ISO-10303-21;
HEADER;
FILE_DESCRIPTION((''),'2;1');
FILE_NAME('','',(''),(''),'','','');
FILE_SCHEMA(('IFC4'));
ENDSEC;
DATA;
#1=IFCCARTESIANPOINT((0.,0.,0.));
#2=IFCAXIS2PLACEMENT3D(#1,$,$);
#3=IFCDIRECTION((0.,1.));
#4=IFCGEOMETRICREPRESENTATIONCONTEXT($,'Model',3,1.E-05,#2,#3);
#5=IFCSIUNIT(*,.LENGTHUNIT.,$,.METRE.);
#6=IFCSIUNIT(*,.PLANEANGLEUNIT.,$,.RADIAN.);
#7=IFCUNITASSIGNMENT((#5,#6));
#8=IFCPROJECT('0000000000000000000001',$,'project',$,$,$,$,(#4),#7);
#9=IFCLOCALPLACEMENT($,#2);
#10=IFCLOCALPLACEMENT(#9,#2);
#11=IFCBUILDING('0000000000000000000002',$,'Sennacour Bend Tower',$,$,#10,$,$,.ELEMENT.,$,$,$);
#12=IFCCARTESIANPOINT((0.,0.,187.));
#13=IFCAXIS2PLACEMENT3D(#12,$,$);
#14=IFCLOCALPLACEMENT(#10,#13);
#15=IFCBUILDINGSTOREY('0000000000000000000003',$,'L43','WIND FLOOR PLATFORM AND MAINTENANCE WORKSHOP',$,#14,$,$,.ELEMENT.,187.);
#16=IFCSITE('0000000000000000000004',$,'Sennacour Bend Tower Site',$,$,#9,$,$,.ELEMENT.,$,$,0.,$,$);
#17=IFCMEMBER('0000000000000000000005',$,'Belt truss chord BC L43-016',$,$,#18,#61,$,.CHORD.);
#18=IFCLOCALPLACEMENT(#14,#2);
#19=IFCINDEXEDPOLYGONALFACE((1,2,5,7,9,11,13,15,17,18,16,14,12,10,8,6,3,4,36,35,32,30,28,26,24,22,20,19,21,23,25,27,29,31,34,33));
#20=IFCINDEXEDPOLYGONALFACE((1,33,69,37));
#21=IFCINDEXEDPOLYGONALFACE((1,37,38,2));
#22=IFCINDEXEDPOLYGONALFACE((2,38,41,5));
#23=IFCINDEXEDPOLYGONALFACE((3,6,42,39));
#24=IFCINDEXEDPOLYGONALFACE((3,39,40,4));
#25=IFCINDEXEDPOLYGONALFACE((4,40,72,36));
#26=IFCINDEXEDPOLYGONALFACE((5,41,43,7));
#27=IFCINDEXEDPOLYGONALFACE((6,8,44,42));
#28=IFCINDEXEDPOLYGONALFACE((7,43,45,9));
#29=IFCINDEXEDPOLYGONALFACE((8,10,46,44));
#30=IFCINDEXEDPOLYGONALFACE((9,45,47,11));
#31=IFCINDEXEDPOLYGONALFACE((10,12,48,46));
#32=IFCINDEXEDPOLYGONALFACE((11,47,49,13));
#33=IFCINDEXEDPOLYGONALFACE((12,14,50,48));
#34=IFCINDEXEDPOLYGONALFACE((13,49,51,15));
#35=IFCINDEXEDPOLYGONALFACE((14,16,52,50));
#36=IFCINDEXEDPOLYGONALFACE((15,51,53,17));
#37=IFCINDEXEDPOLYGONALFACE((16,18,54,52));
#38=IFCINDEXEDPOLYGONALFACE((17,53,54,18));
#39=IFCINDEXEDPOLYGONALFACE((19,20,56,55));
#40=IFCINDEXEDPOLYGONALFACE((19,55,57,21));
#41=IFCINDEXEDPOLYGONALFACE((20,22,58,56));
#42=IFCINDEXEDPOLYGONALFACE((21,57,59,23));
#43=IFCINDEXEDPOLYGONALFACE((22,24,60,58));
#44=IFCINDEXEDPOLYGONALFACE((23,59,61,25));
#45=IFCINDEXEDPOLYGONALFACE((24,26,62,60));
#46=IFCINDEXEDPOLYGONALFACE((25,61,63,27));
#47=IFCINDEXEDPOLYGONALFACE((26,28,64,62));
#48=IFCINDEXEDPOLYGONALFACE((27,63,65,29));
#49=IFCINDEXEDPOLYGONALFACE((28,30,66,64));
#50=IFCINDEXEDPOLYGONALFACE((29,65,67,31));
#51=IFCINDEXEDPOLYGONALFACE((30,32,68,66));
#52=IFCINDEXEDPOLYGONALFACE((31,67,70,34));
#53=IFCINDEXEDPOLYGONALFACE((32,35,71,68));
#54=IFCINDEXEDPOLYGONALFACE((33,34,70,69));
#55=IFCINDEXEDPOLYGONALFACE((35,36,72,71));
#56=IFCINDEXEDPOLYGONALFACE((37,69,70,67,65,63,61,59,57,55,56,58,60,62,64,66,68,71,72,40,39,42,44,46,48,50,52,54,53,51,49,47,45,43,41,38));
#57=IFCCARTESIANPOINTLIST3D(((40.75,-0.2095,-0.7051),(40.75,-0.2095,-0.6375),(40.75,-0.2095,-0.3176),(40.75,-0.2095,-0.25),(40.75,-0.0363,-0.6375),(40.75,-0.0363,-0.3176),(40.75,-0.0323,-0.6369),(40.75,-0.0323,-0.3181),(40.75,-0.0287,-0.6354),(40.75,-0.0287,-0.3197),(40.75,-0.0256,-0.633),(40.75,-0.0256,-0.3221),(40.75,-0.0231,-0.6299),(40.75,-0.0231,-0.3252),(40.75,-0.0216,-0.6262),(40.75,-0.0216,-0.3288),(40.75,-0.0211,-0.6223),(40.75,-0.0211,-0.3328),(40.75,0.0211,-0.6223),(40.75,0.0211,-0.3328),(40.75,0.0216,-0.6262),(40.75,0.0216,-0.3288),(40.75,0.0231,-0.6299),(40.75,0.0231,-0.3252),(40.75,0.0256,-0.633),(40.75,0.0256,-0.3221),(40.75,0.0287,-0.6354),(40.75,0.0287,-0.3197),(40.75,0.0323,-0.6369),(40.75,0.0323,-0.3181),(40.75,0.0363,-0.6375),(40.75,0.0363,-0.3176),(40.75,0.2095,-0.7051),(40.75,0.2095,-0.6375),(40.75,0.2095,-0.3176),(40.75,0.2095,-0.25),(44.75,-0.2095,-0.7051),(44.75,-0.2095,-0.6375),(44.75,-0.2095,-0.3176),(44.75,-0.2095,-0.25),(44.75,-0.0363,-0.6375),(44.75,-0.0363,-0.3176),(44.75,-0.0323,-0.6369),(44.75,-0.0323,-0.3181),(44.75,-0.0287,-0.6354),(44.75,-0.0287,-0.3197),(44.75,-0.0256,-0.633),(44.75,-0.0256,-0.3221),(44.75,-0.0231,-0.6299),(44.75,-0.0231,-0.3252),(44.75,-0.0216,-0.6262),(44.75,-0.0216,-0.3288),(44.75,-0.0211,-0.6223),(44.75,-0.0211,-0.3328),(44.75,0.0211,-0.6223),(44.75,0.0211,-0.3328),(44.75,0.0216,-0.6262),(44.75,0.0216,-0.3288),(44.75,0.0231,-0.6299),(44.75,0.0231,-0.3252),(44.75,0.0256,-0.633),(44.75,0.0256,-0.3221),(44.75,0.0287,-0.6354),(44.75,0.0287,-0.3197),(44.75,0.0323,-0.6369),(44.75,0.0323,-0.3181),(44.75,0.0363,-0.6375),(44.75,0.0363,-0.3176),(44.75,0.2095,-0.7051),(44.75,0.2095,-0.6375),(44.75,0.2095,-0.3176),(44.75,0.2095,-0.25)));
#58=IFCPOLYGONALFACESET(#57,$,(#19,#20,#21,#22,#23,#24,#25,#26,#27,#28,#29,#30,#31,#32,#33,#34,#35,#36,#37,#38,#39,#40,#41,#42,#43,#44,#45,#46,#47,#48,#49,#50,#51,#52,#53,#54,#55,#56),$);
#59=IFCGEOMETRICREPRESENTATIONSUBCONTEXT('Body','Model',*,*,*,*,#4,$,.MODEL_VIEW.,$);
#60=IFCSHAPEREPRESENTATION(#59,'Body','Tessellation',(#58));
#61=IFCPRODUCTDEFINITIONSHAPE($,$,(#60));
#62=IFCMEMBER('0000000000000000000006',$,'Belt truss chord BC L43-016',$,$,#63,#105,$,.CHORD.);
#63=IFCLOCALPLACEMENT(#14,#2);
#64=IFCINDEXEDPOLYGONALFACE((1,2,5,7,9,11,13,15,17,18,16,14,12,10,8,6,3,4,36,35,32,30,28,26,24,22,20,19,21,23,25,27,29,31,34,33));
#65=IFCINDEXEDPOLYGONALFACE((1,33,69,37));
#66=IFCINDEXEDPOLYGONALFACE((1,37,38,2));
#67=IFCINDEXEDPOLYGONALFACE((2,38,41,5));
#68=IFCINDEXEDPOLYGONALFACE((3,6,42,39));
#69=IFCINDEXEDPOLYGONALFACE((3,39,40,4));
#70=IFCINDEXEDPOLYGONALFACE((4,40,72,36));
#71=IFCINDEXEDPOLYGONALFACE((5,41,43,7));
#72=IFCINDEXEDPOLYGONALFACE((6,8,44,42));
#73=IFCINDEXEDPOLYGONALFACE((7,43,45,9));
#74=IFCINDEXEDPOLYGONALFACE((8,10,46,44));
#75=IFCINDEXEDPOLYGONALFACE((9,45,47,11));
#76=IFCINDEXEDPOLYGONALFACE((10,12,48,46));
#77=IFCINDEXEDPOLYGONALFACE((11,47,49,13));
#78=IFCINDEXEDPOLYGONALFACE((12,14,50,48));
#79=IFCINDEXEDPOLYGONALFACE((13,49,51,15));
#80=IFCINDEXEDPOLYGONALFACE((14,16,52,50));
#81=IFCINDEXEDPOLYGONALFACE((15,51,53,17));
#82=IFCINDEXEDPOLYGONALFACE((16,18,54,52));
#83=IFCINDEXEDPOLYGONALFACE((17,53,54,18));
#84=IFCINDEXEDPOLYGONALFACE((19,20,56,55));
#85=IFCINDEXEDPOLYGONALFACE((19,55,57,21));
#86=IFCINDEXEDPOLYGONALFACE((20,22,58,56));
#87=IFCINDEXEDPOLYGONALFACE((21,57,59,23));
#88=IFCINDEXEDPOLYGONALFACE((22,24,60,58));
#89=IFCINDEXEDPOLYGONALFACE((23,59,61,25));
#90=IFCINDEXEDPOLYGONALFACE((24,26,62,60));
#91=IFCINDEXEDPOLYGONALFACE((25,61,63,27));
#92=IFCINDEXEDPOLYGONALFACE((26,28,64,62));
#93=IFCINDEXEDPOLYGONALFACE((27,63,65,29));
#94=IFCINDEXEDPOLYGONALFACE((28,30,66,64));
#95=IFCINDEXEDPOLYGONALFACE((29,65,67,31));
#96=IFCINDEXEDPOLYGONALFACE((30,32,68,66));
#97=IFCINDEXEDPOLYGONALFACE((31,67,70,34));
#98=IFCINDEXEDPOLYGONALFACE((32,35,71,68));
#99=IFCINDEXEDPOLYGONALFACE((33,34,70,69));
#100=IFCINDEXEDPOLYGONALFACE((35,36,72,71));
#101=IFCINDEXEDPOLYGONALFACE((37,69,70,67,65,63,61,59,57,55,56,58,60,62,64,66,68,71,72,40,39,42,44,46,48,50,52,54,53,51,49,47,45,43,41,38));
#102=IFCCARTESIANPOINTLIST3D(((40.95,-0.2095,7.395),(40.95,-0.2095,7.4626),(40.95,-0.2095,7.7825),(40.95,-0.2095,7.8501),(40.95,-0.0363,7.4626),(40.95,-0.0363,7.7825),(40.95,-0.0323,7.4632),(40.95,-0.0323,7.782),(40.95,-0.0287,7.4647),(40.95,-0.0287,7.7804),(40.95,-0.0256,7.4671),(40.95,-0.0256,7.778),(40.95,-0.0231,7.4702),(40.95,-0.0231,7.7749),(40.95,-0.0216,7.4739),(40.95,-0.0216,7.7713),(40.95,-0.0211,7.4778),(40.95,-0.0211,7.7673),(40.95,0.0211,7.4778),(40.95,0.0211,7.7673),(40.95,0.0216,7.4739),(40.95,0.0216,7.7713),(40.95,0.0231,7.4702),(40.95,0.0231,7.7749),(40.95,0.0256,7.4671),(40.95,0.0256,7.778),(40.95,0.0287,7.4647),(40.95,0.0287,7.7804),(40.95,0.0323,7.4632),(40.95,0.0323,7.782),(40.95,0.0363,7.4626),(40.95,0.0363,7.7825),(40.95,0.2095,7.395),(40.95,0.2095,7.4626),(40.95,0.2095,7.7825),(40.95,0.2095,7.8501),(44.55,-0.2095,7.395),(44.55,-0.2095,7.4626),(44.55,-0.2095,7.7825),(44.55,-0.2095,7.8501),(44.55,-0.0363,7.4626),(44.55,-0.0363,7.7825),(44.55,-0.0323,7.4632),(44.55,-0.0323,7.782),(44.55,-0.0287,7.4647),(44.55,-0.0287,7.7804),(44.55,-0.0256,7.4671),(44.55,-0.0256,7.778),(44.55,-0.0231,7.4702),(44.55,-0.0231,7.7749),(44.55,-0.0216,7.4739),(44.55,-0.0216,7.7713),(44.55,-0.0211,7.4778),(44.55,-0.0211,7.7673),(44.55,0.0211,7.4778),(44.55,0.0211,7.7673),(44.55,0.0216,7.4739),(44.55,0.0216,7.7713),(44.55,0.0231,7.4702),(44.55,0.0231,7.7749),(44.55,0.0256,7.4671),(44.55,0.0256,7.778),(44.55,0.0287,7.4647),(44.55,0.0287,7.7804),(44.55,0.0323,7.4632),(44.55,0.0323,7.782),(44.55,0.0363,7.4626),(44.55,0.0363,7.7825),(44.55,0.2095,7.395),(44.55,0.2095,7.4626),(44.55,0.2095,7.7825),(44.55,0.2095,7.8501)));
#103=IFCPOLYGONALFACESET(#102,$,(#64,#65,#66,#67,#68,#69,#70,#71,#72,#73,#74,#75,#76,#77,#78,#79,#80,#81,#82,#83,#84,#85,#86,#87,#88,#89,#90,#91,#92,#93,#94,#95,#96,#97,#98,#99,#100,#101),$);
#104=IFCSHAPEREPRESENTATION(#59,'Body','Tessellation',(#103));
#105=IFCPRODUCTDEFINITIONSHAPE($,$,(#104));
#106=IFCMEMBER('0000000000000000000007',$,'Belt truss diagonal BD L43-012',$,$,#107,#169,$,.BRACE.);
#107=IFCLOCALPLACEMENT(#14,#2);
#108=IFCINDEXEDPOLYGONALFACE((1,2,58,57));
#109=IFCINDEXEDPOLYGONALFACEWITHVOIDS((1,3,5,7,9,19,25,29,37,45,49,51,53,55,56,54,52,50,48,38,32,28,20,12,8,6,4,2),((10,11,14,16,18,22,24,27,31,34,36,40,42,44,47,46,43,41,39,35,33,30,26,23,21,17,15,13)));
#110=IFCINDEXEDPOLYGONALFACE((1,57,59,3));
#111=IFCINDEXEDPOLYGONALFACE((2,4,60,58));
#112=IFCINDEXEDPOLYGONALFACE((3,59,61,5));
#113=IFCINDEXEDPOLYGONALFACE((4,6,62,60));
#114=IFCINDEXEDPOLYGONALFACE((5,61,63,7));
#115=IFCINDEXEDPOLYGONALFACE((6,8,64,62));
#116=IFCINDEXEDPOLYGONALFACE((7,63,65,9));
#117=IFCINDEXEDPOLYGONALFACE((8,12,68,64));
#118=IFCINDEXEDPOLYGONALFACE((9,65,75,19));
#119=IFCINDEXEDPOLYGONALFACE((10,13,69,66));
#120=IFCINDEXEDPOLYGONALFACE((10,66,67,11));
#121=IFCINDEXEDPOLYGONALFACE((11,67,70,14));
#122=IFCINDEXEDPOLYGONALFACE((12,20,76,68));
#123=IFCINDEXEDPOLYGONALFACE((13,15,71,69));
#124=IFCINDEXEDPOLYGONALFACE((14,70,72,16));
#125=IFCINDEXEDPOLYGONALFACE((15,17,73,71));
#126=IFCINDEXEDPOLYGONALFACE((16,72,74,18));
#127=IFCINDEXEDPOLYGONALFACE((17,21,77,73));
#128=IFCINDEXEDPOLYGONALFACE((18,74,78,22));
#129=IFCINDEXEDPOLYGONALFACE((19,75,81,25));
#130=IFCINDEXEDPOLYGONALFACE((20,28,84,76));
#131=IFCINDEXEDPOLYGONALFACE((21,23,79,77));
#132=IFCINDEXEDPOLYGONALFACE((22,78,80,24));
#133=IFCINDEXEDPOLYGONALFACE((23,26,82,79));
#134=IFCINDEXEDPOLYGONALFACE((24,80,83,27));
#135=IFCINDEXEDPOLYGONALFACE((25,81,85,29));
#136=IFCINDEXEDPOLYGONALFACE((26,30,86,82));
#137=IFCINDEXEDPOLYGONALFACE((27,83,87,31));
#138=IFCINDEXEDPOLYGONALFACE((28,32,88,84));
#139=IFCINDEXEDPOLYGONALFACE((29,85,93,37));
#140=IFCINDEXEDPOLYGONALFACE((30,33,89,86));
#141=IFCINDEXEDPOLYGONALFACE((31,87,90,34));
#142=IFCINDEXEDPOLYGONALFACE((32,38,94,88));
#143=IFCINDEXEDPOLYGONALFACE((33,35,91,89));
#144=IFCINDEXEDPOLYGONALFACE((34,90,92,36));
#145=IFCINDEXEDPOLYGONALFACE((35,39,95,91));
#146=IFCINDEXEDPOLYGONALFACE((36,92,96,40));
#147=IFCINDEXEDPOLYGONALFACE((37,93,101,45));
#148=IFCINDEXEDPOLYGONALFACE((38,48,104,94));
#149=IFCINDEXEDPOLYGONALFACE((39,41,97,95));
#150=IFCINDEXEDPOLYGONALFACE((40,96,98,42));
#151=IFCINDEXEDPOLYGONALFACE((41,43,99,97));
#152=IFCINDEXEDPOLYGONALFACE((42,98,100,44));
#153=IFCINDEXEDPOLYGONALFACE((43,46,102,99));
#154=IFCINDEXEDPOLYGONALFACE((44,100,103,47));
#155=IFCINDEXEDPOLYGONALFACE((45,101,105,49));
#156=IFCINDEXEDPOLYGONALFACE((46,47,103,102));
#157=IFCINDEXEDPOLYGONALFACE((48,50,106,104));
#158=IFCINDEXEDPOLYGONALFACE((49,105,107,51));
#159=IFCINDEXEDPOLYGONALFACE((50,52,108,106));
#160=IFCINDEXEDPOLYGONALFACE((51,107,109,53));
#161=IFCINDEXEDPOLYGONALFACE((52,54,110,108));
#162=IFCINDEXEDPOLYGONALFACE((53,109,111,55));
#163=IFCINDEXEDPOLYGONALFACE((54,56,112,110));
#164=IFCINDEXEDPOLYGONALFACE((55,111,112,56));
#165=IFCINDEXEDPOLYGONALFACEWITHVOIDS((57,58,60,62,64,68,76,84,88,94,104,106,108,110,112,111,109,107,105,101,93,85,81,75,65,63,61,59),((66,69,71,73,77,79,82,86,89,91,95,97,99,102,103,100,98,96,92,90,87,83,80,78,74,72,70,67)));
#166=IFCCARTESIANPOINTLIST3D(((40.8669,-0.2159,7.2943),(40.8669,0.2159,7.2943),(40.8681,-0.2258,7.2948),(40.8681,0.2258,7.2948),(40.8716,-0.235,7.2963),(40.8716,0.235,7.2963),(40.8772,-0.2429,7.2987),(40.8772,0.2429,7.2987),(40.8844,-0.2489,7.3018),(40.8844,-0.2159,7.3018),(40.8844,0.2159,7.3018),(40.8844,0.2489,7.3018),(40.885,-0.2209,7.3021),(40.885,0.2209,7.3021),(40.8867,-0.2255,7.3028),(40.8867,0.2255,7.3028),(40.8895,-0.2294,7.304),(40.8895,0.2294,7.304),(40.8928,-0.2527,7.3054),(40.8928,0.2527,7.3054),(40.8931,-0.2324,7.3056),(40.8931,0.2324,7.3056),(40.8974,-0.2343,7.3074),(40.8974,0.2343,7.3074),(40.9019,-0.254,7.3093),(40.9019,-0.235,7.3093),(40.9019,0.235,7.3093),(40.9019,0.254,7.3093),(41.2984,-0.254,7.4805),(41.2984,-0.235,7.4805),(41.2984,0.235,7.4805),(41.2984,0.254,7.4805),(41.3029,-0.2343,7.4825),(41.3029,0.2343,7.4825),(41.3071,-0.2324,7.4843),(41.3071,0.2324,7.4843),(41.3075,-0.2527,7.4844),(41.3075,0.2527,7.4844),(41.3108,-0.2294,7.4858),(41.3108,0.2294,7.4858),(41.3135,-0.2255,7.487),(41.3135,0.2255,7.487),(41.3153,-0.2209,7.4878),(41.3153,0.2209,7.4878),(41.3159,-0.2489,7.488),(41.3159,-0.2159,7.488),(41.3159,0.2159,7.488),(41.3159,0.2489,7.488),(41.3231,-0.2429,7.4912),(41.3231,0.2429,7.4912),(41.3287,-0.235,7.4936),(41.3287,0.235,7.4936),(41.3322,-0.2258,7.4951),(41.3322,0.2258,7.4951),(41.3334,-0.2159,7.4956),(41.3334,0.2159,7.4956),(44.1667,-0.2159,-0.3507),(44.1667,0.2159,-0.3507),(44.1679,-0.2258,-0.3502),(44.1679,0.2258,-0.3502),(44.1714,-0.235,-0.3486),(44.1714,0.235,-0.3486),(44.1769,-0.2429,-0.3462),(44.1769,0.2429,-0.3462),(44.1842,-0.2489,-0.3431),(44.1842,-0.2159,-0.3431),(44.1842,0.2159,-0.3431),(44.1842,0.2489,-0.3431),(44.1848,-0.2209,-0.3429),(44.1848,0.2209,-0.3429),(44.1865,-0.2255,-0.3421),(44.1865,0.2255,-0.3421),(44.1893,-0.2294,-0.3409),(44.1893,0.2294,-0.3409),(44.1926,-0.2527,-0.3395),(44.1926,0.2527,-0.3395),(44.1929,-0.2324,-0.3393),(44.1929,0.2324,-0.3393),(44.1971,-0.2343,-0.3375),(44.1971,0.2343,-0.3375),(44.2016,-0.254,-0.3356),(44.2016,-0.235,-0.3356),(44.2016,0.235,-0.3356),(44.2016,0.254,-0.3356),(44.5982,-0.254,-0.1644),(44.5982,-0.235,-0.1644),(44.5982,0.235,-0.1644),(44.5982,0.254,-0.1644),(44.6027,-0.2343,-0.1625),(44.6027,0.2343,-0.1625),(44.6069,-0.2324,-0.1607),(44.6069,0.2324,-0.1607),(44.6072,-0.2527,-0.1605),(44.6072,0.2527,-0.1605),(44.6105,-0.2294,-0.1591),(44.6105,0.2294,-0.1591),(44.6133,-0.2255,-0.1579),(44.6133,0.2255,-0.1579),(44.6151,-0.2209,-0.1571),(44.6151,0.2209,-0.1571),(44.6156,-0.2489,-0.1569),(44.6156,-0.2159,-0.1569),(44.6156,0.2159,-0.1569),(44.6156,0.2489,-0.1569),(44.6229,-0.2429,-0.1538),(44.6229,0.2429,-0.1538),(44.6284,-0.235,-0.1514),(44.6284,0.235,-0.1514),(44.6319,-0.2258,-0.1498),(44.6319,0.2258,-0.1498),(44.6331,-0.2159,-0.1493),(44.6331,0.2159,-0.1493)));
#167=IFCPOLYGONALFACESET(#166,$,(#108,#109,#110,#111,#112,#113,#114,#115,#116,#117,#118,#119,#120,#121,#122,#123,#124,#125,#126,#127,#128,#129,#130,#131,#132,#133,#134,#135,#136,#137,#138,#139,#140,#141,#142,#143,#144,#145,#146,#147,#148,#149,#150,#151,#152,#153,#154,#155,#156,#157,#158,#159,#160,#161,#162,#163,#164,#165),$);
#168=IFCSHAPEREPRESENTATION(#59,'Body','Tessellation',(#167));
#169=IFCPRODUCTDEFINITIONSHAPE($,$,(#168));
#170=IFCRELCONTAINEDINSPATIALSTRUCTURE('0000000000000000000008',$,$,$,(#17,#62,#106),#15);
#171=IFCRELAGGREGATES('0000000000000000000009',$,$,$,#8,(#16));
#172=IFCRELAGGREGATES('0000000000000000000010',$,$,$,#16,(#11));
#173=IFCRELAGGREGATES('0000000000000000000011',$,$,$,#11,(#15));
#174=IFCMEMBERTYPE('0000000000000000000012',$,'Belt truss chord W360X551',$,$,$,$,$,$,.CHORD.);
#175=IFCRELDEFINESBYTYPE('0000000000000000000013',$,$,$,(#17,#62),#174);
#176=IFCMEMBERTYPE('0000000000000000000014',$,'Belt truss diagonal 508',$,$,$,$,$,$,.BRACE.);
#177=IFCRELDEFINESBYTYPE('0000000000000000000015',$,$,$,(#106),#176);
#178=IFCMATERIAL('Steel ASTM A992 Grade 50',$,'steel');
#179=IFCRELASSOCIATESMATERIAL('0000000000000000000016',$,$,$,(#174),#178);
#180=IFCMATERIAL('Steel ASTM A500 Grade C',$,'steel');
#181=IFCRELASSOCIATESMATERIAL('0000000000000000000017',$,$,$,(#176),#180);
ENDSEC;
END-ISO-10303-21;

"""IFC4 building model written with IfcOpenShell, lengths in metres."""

from ifc_helpers import new_model, si_unit, direction, frame, origin, origin_2d, place, context, subcontext, project, spatial, hollow_rectangle, i_section, extrude, material, material_profile, profile_set, type_object, element, save


model = new_model("IFC4")

# Units and contexts
model_context = context("Model", 3, precision=1e-05, world=origin(), true_north=direction((0.0, 1.0)))
body_context = subcontext(model_context, "Body", "Model", "MODEL_VIEW")
ifc_project = project(units=[si_unit("LENGTHUNIT", "METRE"), si_unit("PLANEANGLEUNIT", "RADIAN")], contexts=[model_context])

# Site, building, storey
site_placement = place(None, origin())
site = spatial("IfcSite", under=ifc_project, at=site_placement, Name="Sennacour Bend Tower Site", CompositionType="ELEMENT", RefElevation=0.0)
building_placement = place(site_placement, origin())
building = spatial("IfcBuilding", under=site, at=building_placement, Name="Sennacour Bend Tower", CompositionType="ELEMENT")
storey_placement = place(building_placement, frame((0.0, 0.0, 187.0)))
storey = spatial("IfcBuildingStorey", under=building, at=storey_placement, Name="L43", Description="WIND FLOOR PLATFORM AND MAINTENANCE WORKSHOP", CompositionType="ELEMENT", Elevation=187.0)

# Members
ifc_material_1 = material(Name="Steel ASTM A992 Grade 50", Category="steel")
ifc_material_profile_1 = material_profile(ifc_material_1, i_section(OverallWidth=0.4189, OverallDepth=0.4551, WebThickness=0.0422, FlangeThickness=0.0676, FilletRadius=0.0151, at=origin_2d()), Name="Steel ASTM A992 Grade 50", Category="steel")
ifc_profile_set_1 = profile_set([ifc_material_profile_1], Name="Steel ASTM A992 Grade 50")
member_type_1 = type_object("IfcMemberType", Name="Belt truss chord W360X551", PredefinedType="CHORD", material=ifc_profile_set_1)
member_1_placement = place(storey_placement, frame((44.75, 0.0, -0.4775), z_axis=(-1.0, 0.0, 0.0), x_axis=(0.0, -1.0, 0.0)))
element("IfcMember", 1, at=member_1_placement, inside=storey, type_object=member_type_1, Name="Belt truss chord BC L43-016", PredefinedType="CHORD", context=body_context, shape_type="SweptSolid", body=[
    extrude(i_section(OverallWidth=0.4189, OverallDepth=0.4551, WebThickness=0.0422, FlangeThickness=0.0676, FilletRadius=0.0151, at=origin_2d()), origin(), (0.0, 0.0, 1.0), 4.0),
])
member_2_placement = place(storey_placement, frame((44.55, 0.0, 7.6226), z_axis=(-1.0, 0.0, 0.0), x_axis=(0.0, -1.0, 0.0)))
element("IfcMember", 2, at=member_2_placement, inside=storey, type_object=member_type_1, Name="Belt truss chord BC L43-016", PredefinedType="CHORD", context=body_context, shape_type="SweptSolid", body=[
    extrude(i_section(OverallWidth=0.4189, OverallDepth=0.4551, WebThickness=0.0422, FlangeThickness=0.0676, FilletRadius=0.0151, at=origin_2d()), origin(), (0.0, 0.0, 1.0), 3.6001),
])
ifc_material_2 = material(Name="Steel ASTM A500 Grade C", Category="steel")
ifc_material_profile_2 = material_profile(ifc_material_2, hollow_rectangle(XDim=0.5081, YDim=0.5081, WallThickness=0.019, InnerFilletRadius=0.019, OuterFilletRadius=0.0381, at=origin_2d()), Name="Steel ASTM A500 Grade C", Category="steel")
ifc_profile_set_2 = profile_set([ifc_material_profile_2], Name="Steel ASTM A500 Grade C")
member_type_2 = type_object("IfcMemberType", Name="Belt truss diagonal 508", PredefinedType="BRACE", material=ifc_profile_set_2)
member_3_placement = place(storey_placement, frame((44.3999, 0.0, -0.25), z_axis=(-0.396289, 0.0, 0.918126), x_axis=(0.0, -1.0, 0.0)))
element("IfcMember", 3, at=member_3_placement, inside=storey, type_object=member_type_2, Name="Belt truss diagonal BD L43-012", PredefinedType="BRACE", context=body_context, shape_type="SweptSolid", body=[
    extrude(hollow_rectangle(XDim=0.5081, YDim=0.5081, WallThickness=0.019, InnerFilletRadius=0.019, OuterFilletRadius=0.0381, at=origin_2d()), origin(), (0.0, 0.0, 1.0), 8.3267),
])

save(model, "model.ifc")
